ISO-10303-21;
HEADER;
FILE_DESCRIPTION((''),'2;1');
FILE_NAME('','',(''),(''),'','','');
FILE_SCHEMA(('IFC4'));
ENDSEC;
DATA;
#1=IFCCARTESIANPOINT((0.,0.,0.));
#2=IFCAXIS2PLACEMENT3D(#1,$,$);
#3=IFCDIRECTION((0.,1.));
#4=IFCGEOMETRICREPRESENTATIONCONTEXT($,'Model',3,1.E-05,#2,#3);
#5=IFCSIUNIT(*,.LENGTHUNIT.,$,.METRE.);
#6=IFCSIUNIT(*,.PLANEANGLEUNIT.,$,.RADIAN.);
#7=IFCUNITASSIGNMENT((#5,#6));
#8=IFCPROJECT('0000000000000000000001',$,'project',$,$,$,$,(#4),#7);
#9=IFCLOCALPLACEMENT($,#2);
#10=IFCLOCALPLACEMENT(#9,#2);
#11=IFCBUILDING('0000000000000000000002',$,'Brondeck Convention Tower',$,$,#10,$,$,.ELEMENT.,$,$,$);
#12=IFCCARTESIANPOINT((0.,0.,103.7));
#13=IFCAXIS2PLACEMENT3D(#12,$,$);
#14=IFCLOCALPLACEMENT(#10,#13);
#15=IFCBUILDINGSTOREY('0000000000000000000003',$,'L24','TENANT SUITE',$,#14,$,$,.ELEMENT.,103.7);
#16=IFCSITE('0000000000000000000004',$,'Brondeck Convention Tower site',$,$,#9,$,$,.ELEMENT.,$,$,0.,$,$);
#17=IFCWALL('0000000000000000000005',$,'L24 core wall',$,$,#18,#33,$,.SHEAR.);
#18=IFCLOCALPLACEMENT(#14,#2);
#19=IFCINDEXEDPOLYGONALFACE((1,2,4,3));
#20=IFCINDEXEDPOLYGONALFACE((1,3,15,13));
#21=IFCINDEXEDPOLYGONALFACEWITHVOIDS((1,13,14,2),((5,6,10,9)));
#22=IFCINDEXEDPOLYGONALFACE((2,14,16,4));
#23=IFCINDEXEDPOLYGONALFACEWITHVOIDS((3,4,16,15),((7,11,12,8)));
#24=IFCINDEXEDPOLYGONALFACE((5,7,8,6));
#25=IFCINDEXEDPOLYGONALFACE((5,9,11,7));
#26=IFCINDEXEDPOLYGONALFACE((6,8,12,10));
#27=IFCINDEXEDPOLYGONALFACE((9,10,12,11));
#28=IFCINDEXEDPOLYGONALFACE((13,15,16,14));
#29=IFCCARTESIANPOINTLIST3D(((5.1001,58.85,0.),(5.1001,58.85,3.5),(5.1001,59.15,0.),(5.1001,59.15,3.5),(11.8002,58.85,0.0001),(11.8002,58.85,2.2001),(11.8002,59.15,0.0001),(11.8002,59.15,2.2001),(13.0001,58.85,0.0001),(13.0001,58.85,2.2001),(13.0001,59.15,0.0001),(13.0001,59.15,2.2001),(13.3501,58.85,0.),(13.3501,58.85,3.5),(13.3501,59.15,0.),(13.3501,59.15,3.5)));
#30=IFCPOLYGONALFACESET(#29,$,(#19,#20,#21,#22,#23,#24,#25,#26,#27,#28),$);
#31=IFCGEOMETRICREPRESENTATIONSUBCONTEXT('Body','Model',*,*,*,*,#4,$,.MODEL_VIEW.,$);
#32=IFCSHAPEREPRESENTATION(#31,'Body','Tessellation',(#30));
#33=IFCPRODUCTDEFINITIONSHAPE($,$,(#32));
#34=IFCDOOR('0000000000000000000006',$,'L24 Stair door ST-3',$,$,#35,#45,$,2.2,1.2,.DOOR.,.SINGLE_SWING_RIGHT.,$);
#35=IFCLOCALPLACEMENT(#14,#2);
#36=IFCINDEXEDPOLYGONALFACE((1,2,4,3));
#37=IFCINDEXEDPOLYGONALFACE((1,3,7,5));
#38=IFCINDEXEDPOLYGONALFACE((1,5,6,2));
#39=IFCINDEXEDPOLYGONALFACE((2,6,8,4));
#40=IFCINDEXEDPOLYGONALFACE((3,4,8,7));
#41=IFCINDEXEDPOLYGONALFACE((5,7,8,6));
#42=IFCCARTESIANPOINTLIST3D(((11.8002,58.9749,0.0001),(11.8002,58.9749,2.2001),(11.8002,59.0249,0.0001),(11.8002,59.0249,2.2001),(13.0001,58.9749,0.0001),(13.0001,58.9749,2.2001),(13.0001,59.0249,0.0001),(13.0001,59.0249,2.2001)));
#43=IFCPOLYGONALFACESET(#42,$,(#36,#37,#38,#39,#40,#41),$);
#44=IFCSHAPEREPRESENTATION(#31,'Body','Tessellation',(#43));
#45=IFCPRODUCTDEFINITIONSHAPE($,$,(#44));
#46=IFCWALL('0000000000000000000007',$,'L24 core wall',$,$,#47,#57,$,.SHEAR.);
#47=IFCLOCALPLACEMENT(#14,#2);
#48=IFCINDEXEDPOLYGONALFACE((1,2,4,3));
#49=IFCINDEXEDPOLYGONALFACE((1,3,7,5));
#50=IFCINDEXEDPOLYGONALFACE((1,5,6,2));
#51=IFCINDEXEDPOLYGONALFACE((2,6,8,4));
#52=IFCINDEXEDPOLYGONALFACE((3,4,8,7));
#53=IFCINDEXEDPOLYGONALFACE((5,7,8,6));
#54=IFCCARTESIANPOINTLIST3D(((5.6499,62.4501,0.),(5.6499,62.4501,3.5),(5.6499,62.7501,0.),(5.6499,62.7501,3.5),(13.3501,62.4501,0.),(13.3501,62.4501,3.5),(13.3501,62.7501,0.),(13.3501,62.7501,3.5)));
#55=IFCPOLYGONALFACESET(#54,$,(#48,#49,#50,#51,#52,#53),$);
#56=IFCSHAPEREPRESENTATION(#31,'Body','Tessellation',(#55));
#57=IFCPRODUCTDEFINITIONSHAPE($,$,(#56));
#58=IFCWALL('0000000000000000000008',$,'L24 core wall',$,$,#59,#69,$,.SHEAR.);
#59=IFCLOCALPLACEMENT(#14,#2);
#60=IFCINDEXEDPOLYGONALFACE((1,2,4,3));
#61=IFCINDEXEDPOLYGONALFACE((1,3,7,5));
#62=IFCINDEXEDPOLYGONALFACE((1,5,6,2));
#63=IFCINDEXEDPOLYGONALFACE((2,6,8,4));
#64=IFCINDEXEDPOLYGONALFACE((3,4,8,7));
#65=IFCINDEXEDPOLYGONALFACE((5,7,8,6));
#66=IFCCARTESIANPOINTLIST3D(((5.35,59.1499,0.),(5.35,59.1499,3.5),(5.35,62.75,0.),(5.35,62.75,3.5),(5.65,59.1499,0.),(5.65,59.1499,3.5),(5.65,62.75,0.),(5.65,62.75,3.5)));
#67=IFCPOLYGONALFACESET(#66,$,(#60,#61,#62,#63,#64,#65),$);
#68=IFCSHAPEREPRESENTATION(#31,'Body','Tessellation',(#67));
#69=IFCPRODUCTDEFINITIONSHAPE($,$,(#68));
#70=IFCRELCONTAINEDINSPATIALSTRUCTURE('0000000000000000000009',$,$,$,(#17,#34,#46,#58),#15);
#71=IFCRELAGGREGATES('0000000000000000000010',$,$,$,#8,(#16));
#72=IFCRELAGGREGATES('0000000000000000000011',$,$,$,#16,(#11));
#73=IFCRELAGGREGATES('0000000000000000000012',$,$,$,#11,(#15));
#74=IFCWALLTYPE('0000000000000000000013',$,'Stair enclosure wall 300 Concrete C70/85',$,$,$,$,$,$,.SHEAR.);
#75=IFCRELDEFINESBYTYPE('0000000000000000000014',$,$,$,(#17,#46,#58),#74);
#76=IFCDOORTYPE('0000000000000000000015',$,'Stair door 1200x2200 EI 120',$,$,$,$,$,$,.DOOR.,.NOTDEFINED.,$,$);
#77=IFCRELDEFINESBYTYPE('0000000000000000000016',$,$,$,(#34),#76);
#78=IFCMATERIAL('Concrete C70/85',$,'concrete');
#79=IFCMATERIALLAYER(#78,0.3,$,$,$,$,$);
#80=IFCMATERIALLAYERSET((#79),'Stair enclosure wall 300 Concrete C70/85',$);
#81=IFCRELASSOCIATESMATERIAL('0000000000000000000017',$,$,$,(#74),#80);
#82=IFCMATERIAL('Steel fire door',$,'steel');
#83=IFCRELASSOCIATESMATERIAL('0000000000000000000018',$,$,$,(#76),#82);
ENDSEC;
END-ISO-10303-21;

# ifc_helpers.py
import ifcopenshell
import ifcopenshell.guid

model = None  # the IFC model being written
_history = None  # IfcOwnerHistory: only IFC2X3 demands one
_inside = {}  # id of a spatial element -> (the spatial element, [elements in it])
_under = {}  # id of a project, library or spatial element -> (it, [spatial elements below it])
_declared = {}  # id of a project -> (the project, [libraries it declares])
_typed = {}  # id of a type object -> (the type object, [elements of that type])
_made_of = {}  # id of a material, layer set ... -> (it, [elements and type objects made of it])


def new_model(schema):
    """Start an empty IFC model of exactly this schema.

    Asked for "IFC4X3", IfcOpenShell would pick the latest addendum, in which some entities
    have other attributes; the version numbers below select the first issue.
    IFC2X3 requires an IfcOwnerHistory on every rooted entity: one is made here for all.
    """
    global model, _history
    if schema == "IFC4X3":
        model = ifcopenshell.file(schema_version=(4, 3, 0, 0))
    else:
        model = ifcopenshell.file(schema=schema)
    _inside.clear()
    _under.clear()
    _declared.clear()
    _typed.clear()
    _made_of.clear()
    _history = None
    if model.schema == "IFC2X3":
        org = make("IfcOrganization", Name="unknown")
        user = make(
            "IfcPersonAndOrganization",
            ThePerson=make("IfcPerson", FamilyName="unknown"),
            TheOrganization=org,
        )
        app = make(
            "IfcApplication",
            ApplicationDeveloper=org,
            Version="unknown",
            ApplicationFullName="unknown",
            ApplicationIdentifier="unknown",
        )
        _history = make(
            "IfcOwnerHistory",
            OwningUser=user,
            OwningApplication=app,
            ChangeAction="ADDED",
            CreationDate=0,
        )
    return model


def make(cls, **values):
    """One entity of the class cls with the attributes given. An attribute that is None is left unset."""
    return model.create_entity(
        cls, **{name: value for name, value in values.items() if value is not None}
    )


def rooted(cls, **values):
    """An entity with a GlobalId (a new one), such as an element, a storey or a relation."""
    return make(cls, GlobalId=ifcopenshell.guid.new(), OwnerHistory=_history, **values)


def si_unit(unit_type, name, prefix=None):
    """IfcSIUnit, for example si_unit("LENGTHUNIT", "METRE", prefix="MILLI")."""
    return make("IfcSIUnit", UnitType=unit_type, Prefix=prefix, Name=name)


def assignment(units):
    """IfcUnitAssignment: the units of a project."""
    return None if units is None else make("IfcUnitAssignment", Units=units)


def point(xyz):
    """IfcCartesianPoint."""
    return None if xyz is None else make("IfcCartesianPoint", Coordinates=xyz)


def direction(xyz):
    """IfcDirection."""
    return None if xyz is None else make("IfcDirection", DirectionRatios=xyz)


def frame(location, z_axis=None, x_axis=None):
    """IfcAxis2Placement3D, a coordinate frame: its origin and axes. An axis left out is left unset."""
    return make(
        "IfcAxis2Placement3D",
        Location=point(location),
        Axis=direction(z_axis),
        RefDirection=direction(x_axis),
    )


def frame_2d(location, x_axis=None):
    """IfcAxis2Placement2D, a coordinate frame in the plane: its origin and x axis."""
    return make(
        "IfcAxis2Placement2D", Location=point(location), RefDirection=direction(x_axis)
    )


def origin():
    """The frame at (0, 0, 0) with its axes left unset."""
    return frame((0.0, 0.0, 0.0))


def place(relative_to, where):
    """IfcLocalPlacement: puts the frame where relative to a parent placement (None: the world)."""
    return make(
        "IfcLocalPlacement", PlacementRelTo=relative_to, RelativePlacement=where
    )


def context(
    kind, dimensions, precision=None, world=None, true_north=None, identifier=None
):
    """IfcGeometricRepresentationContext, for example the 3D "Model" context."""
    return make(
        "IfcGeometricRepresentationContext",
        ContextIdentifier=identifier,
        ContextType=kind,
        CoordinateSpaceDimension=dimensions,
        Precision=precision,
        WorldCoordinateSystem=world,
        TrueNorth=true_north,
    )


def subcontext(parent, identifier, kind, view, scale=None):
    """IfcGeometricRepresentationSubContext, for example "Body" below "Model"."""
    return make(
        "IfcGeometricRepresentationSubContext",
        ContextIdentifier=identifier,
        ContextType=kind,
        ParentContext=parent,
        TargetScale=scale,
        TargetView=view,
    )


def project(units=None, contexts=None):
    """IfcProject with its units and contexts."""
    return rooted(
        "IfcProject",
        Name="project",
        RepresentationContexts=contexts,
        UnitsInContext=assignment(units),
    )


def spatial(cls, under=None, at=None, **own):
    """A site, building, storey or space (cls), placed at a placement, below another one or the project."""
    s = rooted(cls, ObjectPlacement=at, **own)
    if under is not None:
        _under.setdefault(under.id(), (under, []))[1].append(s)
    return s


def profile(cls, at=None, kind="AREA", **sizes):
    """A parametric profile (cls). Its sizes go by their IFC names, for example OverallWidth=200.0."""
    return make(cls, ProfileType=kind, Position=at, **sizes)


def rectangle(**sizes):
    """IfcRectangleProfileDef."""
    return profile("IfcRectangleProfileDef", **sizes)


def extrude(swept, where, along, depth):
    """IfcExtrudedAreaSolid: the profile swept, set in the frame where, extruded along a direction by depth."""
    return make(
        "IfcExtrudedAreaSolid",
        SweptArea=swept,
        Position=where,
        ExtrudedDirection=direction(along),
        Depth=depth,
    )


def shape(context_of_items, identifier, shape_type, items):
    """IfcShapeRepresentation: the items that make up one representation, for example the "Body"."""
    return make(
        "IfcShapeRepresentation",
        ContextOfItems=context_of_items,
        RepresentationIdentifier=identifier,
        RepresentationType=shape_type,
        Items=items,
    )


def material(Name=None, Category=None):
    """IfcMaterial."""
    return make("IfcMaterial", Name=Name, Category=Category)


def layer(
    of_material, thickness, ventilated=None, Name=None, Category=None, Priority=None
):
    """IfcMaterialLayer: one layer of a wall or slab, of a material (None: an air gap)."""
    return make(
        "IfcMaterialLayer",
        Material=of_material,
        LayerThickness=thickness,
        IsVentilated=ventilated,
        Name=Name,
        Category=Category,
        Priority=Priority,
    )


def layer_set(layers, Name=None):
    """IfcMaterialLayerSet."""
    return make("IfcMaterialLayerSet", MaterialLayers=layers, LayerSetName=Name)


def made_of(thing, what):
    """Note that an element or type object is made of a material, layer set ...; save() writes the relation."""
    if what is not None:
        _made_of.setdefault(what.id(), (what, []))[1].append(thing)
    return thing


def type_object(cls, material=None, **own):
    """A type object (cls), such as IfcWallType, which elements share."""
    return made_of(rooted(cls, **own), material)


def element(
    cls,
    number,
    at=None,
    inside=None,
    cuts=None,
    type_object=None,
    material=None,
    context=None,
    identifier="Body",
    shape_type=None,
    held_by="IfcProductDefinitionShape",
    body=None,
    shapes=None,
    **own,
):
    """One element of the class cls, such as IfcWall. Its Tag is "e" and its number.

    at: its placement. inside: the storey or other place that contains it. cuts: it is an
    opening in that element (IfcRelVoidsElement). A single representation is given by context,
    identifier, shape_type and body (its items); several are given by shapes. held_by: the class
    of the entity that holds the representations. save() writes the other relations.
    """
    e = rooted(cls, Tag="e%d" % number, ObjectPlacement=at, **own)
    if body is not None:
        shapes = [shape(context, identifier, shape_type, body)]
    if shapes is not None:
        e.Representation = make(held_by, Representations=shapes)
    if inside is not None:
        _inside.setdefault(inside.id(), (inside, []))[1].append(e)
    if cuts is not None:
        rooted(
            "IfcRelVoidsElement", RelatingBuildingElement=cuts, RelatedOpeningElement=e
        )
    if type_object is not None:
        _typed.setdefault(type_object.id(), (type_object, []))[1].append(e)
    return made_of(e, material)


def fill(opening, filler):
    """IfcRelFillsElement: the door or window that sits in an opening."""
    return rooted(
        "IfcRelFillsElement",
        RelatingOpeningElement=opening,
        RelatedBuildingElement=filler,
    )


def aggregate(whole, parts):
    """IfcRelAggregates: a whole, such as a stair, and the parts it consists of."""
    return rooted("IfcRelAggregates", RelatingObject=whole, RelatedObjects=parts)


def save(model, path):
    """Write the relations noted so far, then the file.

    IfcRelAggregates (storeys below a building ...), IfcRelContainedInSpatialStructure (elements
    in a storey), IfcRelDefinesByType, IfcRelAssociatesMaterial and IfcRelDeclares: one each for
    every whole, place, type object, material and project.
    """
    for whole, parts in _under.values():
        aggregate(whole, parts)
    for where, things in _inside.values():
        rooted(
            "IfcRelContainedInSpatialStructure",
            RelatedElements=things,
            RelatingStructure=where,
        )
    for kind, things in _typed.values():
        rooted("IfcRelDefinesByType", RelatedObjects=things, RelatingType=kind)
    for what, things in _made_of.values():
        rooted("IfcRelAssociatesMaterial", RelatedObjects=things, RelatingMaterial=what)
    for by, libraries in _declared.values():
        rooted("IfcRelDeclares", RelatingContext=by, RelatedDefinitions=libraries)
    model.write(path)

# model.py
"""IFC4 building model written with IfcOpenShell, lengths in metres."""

from ifc_helpers import new_model, si_unit, direction, frame, frame_2d, origin, place, context, subcontext, project, spatial, rectangle, extrude, material, layer, layer_set, type_object, element, fill, save


model = new_model("IFC4")

# Units and contexts
model_context = context("Model", 3, precision=1e-05, world=origin(), true_north=direction((0.0, 1.0)))
body_context = subcontext(model_context, "Body", "Model", "MODEL_VIEW")
ifc_project = project(units=[si_unit("LENGTHUNIT", "METRE"), si_unit("PLANEANGLEUNIT", "RADIAN")], contexts=[model_context])

# Site, building, storey
site_placement = place(None, origin())
site = spatial("IfcSite", under=ifc_project, at=site_placement, Name="Brondeck Convention Tower site", CompositionType="ELEMENT", RefElevation=0.0)
building_placement = place(site_placement, origin())
building = spatial("IfcBuilding", under=site, at=building_placement, Name="Brondeck Convention Tower", CompositionType="ELEMENT")
storey_placement = place(building_placement, frame((0.0, 0.0, 103.7)))
storey = spatial("IfcBuildingStorey", under=building, at=storey_placement, Name="L24", Description="TENANT SUITE", CompositionType="ELEMENT", Elevation=103.7)

# Shared definitions
ifc_material_1 = material(Name="Concrete C70/85", Category="concrete")

# Wall, opening, door
ifc_layer_1 = layer(ifc_material_1, 0.3)
ifc_layer_set_1 = layer_set([ifc_layer_1], Name="Stair enclosure wall 300 Concrete C70/85")
wall_type_1 = type_object("IfcWallType", Name="Stair enclosure wall 300 Concrete C70/85", PredefinedType="SHEAR", material=ifc_layer_set_1)
wall_1_placement = place(storey_placement, frame((5.1001, 59.0, 0.0), z_axis=(0.0, 0.0, 1.0), x_axis=(1.0, 0.0, 0.0)))
wall_1 = element("IfcWall", 1, at=wall_1_placement, inside=storey, type_object=wall_type_1, Name="L24 core wall", PredefinedType="SHEAR", context=body_context, shape_type="SweptSolid", body=[
    extrude(rectangle(XDim=8.25, YDim=0.3, at=frame_2d((4.125, 0.0))), origin(), (0.0, 0.0, 1.0), 3.5),
])
opening_1_placement = place(wall_1_placement, frame((6.7, 0.0, 0.0)))
opening_1 = element("IfcOpeningElement", 2, at=opening_1_placement, cuts=wall_1, PredefinedType="OPENING", context=body_context, shape_type="SweptSolid", body=[
    extrude(rectangle(XDim=1.2, YDim=2.2, at=frame_2d((0.6001, 1.1001))), frame((0.0, 0.1599, 0.0), z_axis=(0.0, -1.0, 0.0), x_axis=(1.0, 0.0, 0.0)), (0.0, 0.0, 1.0), 0.3201),
])
ifc_material_2 = material(Name="Steel fire door", Category="steel")
door_type_1 = type_object("IfcDoorType", Name="Stair door 1200x2200 EI 120", OperationType="NOTDEFINED", PredefinedType="DOOR", material=ifc_material_2)
door_1_placement = place(opening_1_placement, origin())
door_1 = element("IfcDoor", 3, at=door_1_placement, inside=storey, type_object=door_type_1, Name="L24 Stair door ST-3", OperationType="SINGLE_SWING_RIGHT", OverallHeight=2.2, OverallWidth=1.2, PredefinedType="DOOR", context=body_context, shape_type="SweptSolid", body=[
    extrude(rectangle(XDim=1.2, YDim=2.2, at=frame_2d((0.6001, 1.1001))), frame((0.0, 0.0249, 0.0), z_axis=(0.0, -1.0, 0.0), x_axis=(1.0, 0.0, 0.0)), (0.0, 0.0, 1.0), 0.05),
])
fill(opening_1, door_1)

# Walls
wall_2_placement = place(storey_placement, frame((5.6499, 62.6001, 0.0), z_axis=(0.0, 0.0, 1.0), x_axis=(1.0, 0.0, 0.0)))
element("IfcWall", 4, at=wall_2_placement, inside=storey, type_object=wall_type_1, Name="L24 core wall", PredefinedType="SHEAR", context=body_context, shape_type="SweptSolid", body=[
    extrude(rectangle(XDim=7.7002, YDim=0.3, at=frame_2d((3.8501, 0.0))), origin(), (0.0, 0.0, 1.0), 3.5),
])
wall_3_placement = place(storey_placement, frame((5.5, 59.1499, 0.0), z_axis=(0.0, 0.0, 1.0), x_axis=(0.0, 1.0, 0.0)))
element("IfcWall", 5, at=wall_3_placement, inside=storey, type_object=wall_type_1, Name="L24 core wall", PredefinedType="SHEAR", context=body_context, shape_type="SweptSolid", body=[
    extrude(rectangle(XDim=3.6001, YDim=0.3, at=frame_2d((1.8, 0.0))), origin(), (0.0, 0.0, 1.0), 3.5),
])

save(model, "model.ifc")
